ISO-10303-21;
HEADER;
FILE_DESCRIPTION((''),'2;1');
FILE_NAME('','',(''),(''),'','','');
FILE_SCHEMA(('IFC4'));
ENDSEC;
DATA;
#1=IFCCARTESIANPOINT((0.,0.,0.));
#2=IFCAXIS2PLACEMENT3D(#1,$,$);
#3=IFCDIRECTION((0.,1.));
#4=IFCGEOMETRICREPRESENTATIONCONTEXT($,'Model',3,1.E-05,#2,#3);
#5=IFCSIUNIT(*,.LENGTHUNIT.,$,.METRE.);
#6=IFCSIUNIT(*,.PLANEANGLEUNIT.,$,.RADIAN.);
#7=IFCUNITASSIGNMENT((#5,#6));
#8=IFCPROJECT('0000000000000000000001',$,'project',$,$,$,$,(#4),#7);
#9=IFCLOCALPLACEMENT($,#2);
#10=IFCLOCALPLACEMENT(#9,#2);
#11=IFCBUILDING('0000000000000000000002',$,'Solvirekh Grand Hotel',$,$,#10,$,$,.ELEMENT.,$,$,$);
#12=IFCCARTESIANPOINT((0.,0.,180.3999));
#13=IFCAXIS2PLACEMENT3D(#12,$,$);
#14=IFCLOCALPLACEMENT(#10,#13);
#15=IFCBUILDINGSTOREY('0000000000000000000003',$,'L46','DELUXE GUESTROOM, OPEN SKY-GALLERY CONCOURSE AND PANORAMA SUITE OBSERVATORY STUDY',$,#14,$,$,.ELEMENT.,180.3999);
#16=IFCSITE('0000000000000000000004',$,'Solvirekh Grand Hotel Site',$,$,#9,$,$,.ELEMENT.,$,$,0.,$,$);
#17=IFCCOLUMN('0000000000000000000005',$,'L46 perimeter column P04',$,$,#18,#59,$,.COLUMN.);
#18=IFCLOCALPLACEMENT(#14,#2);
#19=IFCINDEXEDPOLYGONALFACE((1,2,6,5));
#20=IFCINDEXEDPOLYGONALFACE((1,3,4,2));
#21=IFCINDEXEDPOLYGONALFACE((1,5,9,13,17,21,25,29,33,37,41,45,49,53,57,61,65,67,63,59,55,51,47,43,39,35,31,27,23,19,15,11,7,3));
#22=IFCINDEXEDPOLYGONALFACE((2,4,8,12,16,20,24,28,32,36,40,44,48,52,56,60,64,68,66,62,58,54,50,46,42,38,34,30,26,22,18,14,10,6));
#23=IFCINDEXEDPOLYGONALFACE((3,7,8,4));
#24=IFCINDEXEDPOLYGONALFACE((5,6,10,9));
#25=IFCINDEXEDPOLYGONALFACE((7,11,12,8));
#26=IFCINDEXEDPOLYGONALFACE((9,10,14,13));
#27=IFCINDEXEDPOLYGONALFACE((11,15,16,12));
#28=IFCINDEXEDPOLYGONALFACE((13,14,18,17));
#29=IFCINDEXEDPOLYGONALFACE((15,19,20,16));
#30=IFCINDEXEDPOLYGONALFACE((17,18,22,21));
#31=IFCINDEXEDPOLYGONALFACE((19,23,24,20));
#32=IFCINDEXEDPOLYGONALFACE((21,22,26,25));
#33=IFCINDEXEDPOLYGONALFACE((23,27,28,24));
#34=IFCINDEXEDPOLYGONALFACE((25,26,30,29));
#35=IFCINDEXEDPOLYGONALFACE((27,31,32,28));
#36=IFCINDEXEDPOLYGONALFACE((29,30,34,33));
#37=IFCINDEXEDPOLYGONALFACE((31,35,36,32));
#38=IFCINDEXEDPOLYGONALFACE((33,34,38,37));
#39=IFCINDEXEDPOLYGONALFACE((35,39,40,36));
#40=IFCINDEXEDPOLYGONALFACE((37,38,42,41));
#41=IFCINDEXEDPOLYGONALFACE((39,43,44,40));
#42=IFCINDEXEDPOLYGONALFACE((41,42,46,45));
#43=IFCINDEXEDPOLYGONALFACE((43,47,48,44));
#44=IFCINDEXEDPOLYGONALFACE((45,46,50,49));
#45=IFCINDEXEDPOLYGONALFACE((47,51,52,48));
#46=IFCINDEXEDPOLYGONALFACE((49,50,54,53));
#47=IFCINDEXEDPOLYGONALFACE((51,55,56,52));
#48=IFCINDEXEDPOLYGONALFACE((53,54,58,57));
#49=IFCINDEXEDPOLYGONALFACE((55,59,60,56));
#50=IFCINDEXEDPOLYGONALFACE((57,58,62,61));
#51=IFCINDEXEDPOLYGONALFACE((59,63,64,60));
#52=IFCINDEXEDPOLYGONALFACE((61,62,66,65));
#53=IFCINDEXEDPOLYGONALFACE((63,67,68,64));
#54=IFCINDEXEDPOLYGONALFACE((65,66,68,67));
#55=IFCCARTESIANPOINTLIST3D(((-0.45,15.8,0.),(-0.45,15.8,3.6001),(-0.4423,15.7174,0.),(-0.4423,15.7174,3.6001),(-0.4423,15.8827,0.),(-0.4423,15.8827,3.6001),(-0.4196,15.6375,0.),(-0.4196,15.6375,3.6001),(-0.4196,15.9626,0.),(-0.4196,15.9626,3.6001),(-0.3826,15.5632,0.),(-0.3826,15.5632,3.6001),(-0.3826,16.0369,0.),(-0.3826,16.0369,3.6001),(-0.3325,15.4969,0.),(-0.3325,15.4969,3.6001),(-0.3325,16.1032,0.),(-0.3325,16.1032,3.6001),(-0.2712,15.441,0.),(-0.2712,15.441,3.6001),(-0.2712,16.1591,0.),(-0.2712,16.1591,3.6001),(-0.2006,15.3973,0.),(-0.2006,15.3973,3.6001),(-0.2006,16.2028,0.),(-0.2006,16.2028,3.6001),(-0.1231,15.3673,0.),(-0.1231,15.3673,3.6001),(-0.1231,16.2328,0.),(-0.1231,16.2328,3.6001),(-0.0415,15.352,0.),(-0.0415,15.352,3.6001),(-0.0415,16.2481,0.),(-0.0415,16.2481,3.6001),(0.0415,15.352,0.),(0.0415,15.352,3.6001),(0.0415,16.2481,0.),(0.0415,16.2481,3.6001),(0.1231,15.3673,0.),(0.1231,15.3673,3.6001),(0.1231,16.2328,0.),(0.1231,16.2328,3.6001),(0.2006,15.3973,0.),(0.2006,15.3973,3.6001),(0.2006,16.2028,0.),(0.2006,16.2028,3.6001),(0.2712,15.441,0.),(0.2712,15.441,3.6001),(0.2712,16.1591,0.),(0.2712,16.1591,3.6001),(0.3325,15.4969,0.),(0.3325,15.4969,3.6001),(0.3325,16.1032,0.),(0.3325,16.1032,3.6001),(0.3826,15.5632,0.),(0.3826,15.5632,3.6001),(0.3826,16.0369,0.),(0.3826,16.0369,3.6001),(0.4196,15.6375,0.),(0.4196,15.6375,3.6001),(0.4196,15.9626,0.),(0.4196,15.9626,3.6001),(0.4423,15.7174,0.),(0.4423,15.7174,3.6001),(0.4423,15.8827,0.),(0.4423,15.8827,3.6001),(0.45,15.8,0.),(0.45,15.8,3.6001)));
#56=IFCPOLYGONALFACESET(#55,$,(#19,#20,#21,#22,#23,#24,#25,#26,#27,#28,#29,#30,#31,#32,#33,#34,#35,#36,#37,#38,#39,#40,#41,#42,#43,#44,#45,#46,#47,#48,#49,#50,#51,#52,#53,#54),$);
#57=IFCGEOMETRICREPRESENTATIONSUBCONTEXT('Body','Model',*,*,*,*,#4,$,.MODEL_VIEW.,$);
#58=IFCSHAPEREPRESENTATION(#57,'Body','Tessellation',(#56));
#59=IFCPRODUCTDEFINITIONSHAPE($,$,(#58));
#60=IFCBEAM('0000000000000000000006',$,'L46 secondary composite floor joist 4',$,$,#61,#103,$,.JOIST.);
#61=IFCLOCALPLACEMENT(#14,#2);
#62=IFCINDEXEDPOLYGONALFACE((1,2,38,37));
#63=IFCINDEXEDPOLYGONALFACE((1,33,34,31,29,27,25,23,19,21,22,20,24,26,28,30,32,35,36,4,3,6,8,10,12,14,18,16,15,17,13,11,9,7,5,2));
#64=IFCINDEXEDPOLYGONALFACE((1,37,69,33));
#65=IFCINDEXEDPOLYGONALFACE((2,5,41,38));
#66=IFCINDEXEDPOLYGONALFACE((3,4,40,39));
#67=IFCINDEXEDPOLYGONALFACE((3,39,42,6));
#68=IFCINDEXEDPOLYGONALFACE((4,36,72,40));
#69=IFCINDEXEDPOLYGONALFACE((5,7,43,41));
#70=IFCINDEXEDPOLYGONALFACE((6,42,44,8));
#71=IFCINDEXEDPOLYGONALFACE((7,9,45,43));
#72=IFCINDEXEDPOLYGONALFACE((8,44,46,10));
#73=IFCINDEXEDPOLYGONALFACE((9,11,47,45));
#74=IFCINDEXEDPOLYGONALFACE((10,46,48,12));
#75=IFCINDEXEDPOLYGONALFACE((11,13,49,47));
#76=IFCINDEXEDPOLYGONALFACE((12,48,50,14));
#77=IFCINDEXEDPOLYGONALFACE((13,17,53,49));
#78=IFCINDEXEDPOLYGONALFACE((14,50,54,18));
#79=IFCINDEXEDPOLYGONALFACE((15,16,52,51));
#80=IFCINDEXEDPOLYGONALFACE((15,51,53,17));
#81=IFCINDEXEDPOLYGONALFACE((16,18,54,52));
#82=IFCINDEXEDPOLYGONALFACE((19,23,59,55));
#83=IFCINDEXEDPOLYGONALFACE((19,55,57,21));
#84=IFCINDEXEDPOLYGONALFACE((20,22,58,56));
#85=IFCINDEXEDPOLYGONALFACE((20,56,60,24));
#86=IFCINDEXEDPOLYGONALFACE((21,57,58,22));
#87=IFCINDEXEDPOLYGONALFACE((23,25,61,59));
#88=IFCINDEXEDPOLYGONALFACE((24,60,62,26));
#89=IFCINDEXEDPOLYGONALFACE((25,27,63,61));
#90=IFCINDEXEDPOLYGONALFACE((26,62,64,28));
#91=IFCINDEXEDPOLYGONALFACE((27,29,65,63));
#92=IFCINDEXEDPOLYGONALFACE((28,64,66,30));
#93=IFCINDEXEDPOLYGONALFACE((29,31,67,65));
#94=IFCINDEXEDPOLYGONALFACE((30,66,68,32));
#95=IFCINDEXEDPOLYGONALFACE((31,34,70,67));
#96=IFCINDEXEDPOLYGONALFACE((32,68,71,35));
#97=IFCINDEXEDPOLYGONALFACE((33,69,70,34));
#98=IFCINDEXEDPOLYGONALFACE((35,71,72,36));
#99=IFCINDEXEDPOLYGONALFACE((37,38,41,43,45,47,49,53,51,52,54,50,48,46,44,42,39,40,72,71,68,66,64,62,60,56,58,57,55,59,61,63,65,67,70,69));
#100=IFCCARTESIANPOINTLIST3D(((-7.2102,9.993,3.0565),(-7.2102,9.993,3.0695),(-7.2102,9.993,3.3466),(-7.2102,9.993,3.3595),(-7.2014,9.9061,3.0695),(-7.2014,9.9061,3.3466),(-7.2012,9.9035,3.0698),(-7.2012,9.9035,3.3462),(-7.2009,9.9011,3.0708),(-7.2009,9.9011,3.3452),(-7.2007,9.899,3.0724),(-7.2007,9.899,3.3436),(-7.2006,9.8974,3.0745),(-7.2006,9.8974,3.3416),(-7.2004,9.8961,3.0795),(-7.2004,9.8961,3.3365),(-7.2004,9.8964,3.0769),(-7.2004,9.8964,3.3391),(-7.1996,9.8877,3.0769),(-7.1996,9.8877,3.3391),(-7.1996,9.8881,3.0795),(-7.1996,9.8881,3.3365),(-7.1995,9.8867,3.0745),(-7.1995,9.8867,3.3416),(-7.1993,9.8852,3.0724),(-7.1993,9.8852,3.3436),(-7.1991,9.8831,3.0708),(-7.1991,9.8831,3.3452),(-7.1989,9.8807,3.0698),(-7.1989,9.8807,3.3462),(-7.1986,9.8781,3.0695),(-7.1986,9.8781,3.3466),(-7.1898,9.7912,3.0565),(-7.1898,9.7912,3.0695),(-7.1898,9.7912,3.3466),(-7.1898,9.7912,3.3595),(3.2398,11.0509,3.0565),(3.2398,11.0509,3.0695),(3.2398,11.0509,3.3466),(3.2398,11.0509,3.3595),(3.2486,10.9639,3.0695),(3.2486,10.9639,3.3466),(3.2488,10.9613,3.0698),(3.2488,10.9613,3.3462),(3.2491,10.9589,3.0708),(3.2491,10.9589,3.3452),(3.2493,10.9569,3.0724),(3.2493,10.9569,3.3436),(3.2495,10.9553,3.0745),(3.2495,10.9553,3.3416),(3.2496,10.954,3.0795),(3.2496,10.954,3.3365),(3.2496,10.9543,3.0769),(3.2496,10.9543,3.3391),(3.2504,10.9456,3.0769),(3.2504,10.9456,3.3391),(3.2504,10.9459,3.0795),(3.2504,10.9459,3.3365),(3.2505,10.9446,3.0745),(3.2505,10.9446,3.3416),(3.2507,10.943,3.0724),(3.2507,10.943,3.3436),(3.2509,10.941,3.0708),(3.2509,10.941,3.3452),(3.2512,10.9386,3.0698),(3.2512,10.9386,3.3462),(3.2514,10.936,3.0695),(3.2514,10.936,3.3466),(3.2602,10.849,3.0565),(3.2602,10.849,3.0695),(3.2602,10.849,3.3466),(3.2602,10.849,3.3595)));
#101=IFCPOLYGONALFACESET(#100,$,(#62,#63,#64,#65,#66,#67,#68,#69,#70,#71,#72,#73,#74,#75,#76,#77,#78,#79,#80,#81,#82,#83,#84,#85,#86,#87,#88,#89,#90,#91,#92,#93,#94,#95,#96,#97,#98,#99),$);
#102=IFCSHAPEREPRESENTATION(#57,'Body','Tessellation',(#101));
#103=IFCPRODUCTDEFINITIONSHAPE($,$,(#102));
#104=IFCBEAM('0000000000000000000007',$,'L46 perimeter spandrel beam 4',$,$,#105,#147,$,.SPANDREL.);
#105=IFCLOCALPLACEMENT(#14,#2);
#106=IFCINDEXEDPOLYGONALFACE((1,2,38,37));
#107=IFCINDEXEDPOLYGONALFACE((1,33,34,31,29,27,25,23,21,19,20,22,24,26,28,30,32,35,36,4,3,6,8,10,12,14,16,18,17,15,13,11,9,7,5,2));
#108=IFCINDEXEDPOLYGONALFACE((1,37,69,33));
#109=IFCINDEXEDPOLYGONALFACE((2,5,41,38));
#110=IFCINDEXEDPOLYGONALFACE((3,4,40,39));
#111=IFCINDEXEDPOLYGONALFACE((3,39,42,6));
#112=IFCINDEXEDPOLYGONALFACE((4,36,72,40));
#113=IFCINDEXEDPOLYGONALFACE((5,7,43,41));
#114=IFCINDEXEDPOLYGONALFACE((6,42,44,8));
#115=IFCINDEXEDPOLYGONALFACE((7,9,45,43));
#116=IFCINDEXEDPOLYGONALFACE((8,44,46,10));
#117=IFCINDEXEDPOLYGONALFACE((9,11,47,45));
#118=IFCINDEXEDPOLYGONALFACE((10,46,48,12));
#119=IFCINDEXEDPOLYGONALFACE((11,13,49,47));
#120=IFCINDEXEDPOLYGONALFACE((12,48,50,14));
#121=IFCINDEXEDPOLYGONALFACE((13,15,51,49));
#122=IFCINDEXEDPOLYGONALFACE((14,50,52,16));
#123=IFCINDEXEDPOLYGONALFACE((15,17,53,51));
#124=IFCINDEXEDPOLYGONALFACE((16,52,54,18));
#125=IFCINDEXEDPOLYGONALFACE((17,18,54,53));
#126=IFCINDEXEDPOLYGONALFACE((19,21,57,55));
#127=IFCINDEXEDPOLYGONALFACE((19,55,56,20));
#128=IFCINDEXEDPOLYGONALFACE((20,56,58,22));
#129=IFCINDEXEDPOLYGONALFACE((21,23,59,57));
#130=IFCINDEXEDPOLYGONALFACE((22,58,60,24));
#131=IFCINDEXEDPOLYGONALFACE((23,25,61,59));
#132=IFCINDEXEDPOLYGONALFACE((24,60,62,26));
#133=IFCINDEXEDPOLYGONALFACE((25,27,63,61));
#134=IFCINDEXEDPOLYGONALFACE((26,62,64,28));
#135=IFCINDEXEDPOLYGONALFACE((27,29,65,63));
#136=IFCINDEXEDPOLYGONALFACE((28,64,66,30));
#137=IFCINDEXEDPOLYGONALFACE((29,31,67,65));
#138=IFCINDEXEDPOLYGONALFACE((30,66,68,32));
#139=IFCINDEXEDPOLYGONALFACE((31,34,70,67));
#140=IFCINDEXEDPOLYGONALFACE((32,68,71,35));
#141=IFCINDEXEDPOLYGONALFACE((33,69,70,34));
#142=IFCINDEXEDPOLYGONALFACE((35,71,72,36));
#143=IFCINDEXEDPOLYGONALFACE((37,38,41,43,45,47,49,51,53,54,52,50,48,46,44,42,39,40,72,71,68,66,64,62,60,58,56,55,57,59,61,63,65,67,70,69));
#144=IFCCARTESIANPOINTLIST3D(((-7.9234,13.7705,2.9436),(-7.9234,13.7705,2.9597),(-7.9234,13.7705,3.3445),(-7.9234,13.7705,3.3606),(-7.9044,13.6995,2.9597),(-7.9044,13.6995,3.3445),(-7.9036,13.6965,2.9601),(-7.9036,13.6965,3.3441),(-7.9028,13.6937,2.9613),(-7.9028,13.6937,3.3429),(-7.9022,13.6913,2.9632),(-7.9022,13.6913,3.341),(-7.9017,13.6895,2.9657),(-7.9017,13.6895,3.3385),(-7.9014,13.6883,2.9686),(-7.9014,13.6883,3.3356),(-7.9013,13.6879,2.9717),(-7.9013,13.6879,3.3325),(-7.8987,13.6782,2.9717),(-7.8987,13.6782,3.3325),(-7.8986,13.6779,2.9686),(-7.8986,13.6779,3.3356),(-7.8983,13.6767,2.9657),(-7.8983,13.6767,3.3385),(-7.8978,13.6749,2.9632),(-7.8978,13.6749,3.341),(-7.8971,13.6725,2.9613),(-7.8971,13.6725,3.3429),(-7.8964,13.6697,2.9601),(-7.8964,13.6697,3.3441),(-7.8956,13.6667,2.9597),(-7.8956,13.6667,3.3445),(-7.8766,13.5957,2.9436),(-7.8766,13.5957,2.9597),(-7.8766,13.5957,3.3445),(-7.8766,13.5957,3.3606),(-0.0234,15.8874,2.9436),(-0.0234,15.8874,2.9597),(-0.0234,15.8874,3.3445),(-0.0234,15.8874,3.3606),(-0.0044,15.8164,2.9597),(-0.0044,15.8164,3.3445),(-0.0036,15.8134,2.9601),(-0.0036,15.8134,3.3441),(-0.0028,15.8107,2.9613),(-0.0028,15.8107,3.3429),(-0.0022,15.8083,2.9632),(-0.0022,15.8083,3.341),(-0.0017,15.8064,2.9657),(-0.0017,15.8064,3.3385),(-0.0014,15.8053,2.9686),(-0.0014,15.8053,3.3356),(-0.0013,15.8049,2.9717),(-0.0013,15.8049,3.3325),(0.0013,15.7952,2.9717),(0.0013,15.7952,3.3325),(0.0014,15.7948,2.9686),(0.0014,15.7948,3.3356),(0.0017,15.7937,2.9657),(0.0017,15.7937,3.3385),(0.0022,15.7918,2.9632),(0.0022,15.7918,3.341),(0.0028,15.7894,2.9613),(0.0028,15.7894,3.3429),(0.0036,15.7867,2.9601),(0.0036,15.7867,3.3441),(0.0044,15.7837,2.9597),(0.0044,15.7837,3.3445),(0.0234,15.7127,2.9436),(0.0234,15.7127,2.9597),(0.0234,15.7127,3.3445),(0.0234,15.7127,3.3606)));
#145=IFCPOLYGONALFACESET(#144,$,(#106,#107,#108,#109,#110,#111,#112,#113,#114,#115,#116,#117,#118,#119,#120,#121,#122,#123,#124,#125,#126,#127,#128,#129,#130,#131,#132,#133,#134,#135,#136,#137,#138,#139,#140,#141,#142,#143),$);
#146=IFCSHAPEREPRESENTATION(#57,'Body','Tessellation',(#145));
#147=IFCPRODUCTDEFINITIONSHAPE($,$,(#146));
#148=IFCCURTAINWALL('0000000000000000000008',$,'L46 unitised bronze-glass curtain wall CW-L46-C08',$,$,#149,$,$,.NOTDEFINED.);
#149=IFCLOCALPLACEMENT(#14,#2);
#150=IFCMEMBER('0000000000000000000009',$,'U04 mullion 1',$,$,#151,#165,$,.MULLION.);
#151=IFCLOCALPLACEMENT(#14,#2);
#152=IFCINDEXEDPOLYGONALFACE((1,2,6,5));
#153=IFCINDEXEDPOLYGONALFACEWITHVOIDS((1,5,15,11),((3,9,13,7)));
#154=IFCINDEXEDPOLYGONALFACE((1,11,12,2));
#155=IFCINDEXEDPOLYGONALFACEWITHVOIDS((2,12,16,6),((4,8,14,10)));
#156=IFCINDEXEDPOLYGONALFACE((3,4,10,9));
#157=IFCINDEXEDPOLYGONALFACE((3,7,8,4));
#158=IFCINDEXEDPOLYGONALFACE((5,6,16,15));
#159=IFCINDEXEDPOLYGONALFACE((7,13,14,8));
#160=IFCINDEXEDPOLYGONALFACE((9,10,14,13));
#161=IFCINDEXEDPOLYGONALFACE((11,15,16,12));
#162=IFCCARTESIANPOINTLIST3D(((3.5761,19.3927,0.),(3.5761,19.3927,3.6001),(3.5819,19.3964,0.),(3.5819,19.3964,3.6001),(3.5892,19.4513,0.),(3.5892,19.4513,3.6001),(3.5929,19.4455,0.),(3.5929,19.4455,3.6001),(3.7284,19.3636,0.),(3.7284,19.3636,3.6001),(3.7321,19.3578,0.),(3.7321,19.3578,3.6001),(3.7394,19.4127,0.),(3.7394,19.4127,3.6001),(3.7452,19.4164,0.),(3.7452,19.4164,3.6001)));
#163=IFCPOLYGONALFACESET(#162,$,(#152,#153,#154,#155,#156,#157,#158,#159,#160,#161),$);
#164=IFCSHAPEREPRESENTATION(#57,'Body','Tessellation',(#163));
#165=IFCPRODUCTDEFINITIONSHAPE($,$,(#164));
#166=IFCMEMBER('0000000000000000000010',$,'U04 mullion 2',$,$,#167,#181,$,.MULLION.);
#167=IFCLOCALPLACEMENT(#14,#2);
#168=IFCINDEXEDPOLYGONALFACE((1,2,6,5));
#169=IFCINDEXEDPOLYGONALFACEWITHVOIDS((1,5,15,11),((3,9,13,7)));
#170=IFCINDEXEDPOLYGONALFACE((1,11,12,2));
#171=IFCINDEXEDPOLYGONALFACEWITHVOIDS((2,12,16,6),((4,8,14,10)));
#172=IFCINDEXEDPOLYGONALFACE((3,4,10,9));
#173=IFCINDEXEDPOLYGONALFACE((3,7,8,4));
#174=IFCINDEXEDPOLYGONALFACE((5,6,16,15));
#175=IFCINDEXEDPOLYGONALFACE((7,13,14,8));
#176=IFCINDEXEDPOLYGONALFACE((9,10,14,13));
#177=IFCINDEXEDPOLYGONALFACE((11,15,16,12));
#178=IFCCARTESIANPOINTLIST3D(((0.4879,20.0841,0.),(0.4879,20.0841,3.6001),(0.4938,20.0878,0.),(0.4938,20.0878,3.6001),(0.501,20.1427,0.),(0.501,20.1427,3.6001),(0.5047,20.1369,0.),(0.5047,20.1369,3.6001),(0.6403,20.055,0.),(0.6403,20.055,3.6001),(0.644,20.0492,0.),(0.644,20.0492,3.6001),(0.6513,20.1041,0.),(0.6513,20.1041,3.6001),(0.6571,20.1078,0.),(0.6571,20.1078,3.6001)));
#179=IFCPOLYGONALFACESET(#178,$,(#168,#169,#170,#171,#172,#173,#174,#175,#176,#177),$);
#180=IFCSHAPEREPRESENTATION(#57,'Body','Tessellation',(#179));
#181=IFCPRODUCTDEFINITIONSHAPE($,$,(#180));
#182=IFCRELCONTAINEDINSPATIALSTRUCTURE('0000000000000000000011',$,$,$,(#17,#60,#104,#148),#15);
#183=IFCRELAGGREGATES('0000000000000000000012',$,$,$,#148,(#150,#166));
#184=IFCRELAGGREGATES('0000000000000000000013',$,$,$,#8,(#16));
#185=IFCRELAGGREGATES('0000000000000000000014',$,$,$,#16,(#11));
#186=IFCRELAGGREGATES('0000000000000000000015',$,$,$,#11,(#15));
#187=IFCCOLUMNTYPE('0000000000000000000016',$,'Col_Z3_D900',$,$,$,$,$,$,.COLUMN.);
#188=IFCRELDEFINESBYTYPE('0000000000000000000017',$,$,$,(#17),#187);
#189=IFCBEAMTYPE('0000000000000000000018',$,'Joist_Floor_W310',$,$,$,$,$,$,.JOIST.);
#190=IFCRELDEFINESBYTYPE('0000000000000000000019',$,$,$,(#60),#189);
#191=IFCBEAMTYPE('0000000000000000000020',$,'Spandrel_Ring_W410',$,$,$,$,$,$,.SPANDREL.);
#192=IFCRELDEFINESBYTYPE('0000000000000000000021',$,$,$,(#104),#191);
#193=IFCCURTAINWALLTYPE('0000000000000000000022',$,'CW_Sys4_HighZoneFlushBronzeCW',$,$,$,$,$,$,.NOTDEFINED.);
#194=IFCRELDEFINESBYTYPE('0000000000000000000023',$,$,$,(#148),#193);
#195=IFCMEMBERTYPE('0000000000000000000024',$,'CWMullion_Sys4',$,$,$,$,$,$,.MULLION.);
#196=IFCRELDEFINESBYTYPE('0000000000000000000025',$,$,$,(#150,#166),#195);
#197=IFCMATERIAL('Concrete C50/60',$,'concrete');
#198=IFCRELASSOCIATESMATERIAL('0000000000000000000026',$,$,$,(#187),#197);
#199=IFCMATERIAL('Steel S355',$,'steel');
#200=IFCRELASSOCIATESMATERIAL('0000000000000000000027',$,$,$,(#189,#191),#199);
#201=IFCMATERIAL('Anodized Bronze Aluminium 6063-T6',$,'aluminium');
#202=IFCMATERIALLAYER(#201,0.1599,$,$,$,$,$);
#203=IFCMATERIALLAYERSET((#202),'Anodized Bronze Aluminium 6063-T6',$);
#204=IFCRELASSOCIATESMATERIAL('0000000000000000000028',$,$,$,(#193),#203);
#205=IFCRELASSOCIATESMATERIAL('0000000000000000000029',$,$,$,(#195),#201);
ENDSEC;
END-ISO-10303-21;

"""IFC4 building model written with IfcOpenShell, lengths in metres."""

from ifc_helpers import new_model, si_unit, direction, frame, origin, origin_2d, place, context, subcontext, project, spatial, hollow_rectangle, circle, i_section, extrude, source, transform, mapped, material, layer, layer_set, material_profile, profile_set, type_object, element, aggregate, save


model = new_model("IFC4")

# Units and contexts
model_context = context("Model", 3, precision=1e-05, world=origin(), true_north=direction((0.0, 1.0)))
body_context = subcontext(model_context, "Body", "Model", "MODEL_VIEW")
ifc_project = project(units=[si_unit("LENGTHUNIT", "METRE"), si_unit("PLANEANGLEUNIT", "RADIAN")], contexts=[model_context])

# Site, building, storey
site_placement = place(None, origin())
site = spatial("IfcSite", under=ifc_project, at=site_placement, Name="Solvirekh Grand Hotel Site", CompositionType="ELEMENT", RefElevation=0.0)
building_placement = place(site_placement, origin())
building = spatial("IfcBuilding", under=site, at=building_placement, Name="Solvirekh Grand Hotel", CompositionType="ELEMENT")
storey_placement = place(building_placement, frame((0.0, 0.0, 180.3999)))
storey = spatial("IfcBuildingStorey", under=building, at=storey_placement, Name="L46", Description="DELUXE GUESTROOM, OPEN SKY-GALLERY CONCOURSE AND PANORAMA SUITE OBSERVATORY STUDY", CompositionType="ELEMENT", Elevation=180.3999)

# Column
ifc_material_1 = material(Name="Concrete C50/60", Category="concrete")
ifc_material_profile_1 = material_profile(ifc_material_1, circle(Radius=0.45, at=origin_2d()), Name="RC CIRC D900")
ifc_profile_set_1 = profile_set([ifc_material_profile_1], Name="Concrete C50/60")
column_type = type_object("IfcColumnType", Name="Col_Z3_D900", PredefinedType="COLUMN", material=ifc_profile_set_1)
column_placement = place(storey_placement, frame((0.0, 15.8, 0.0), z_axis=(0.0, 0.0, 1.0), x_axis=(1.0, 0.0, 0.0)))
element("IfcColumn", 1, at=column_placement, inside=storey, type_object=column_type, Name="L46 perimeter column P04", PredefinedType="COLUMN", context=body_context, shape_type="SweptSolid", body=[
    extrude(circle(Radius=0.45, at=origin_2d()), origin(), (0.0, 0.0, 1.0), 3.6001),
])

# Beams
ifc_material_2 = material(Name="Steel S355", Category="steel")
ifc_material_profile_2 = material_profile(ifc_material_2, i_section(OverallWidth=0.2029, OverallDepth=0.303, WebThickness=0.0081, FlangeThickness=0.0129, FilletRadius=0.01, at=origin_2d()), Name="W310X60")
ifc_profile_set_2 = profile_set([ifc_material_profile_2], Name="Steel S355")
beam_type_1 = type_object("IfcBeamType", Name="Joist_Floor_W310", PredefinedType="JOIST", material=ifc_profile_set_2)
beam_1_placement = place(storey_placement, frame((3.25, 10.95, 3.208), z_axis=(-0.994915, -0.100716, 0.0), x_axis=(0.100716, -0.994915, 0.0)))
element("IfcBeam", 2, at=beam_1_placement, inside=storey, type_object=beam_type_1, Name="L46 secondary composite floor joist 4", PredefinedType="JOIST", context=body_context, shape_type="SweptSolid", body=[
    extrude(i_section(OverallWidth=0.2029, OverallDepth=0.303, WebThickness=0.0081, FlangeThickness=0.0129, FilletRadius=0.01, at=origin_2d()), origin(), (0.0, 0.0, 1.0), 10.5034),
])
ifc_material_profile_3 = material_profile(ifc_material_2, i_section(OverallWidth=0.1809, OverallDepth=0.417, WebThickness=0.01, FlangeThickness=0.0161, FilletRadius=0.012, at=origin_2d()), Name="W410X85")
ifc_profile_set_3 = profile_set([ifc_material_profile_3], Name="Steel S355")
beam_type_2 = type_object("IfcBeamType", Name="Spandrel_Ring_W410", PredefinedType="SPANDREL", material=ifc_profile_set_3)
beam_2_placement = place(storey_placement, frame((0.0, 15.8, 3.1521), z_axis=(-0.965921, -0.258839, 0.0), x_axis=(0.258839, -0.965921, 0.0)))
element("IfcBeam", 3, at=beam_2_placement, inside=storey, type_object=beam_type_2, Name="L46 perimeter spandrel beam 4", PredefinedType="SPANDREL", context=body_context, shape_type="SweptSolid", body=[
    extrude(i_section(OverallWidth=0.1809, OverallDepth=0.417, WebThickness=0.01, FlangeThickness=0.0161, FilletRadius=0.012, at=origin_2d()), origin(), (0.0, 0.0, 1.0), 8.1787),
])

# Curtain wall, members
ifc_material_3 = material(Name="Anodized Bronze Aluminium 6063-T6", Category="aluminium")
ifc_layer_1 = layer(ifc_material_3, 0.1599)
ifc_layer_set_1 = layer_set([ifc_layer_1], Name="Anodized Bronze Aluminium 6063-T6")
curtain_wall_type = type_object("IfcCurtainWallType", Name="CW_Sys4_HighZoneFlushBronzeCW", PredefinedType="NOTDEFINED", material=ifc_layer_set_1)
curtain_wall_placement = place(storey_placement, origin())
curtain_wall = element("IfcCurtainWall", 4, at=curtain_wall_placement, inside=storey, type_object=curtain_wall_type, Name="L46 unitised bronze-glass curtain wall CW-L46-C08", PredefinedType="NOTDEFINED")
ifc_material_profile_4 = material_profile(ifc_material_3, hollow_rectangle(XDim=0.0601, YDim=0.1599, WallThickness=0.0049, at=origin_2d()), Name="ALU RHS 160X60X5")
ifc_profile_set_4 = profile_set([ifc_material_profile_4], Name="Anodized Bronze Aluminium 6063-T6")
member_type_1 = type_object("IfcMemberType", Name="CWMullion_Sys4", PredefinedType="MULLION", material=ifc_profile_set_4)
shared_shape_1 = source(origin(), body_context, "Body", "SweptSolid", [
    extrude(hollow_rectangle(XDim=0.0601, YDim=0.1599, WallThickness=0.0049, at=origin_2d()), origin(), (0.0, 0.0, 1.0), 3.6001),
])
member_1_placement = place(storey_placement, frame((3.6606, 19.4045, 0.0), z_axis=(0.0, 0.0, 1.0), x_axis=(-0.218488, -0.97584, 0.0)))
member_1 = element("IfcMember", 5, at=member_1_placement, type_object=member_type_1, Name="U04 mullion 1", PredefinedType="MULLION", context=body_context, shape_type="MappedRepresentation", body=[
    mapped(shared_shape_1, transform((0.0, 0.0, 0.0), x_axis=(1.0, 0.0, 0.0), y_axis=(0.0, 1.0, 0.0), z_axis=(0.0, 0.0, 1.0), scale=1.0)),
])
member_2_placement = place(storey_placement, frame((0.5725, 20.0959, 0.0), z_axis=(0.0, 0.0, 1.0), x_axis=(-0.218488, -0.97584, 0.0)))
member_2 = element("IfcMember", 6, at=member_2_placement, type_object=member_type_1, Name="U04 mullion 2", PredefinedType="MULLION", context=body_context, shape_type="MappedRepresentation", body=[
    mapped(shared_shape_1, transform((0.0, 0.0, 0.0), x_axis=(1.0, 0.0, 0.0), y_axis=(0.0, 1.0, 0.0), z_axis=(0.0, 0.0, 1.0), scale=1.0)),
])
aggregate(curtain_wall, [member_1, member_2])

save(model, "model.ifc")
